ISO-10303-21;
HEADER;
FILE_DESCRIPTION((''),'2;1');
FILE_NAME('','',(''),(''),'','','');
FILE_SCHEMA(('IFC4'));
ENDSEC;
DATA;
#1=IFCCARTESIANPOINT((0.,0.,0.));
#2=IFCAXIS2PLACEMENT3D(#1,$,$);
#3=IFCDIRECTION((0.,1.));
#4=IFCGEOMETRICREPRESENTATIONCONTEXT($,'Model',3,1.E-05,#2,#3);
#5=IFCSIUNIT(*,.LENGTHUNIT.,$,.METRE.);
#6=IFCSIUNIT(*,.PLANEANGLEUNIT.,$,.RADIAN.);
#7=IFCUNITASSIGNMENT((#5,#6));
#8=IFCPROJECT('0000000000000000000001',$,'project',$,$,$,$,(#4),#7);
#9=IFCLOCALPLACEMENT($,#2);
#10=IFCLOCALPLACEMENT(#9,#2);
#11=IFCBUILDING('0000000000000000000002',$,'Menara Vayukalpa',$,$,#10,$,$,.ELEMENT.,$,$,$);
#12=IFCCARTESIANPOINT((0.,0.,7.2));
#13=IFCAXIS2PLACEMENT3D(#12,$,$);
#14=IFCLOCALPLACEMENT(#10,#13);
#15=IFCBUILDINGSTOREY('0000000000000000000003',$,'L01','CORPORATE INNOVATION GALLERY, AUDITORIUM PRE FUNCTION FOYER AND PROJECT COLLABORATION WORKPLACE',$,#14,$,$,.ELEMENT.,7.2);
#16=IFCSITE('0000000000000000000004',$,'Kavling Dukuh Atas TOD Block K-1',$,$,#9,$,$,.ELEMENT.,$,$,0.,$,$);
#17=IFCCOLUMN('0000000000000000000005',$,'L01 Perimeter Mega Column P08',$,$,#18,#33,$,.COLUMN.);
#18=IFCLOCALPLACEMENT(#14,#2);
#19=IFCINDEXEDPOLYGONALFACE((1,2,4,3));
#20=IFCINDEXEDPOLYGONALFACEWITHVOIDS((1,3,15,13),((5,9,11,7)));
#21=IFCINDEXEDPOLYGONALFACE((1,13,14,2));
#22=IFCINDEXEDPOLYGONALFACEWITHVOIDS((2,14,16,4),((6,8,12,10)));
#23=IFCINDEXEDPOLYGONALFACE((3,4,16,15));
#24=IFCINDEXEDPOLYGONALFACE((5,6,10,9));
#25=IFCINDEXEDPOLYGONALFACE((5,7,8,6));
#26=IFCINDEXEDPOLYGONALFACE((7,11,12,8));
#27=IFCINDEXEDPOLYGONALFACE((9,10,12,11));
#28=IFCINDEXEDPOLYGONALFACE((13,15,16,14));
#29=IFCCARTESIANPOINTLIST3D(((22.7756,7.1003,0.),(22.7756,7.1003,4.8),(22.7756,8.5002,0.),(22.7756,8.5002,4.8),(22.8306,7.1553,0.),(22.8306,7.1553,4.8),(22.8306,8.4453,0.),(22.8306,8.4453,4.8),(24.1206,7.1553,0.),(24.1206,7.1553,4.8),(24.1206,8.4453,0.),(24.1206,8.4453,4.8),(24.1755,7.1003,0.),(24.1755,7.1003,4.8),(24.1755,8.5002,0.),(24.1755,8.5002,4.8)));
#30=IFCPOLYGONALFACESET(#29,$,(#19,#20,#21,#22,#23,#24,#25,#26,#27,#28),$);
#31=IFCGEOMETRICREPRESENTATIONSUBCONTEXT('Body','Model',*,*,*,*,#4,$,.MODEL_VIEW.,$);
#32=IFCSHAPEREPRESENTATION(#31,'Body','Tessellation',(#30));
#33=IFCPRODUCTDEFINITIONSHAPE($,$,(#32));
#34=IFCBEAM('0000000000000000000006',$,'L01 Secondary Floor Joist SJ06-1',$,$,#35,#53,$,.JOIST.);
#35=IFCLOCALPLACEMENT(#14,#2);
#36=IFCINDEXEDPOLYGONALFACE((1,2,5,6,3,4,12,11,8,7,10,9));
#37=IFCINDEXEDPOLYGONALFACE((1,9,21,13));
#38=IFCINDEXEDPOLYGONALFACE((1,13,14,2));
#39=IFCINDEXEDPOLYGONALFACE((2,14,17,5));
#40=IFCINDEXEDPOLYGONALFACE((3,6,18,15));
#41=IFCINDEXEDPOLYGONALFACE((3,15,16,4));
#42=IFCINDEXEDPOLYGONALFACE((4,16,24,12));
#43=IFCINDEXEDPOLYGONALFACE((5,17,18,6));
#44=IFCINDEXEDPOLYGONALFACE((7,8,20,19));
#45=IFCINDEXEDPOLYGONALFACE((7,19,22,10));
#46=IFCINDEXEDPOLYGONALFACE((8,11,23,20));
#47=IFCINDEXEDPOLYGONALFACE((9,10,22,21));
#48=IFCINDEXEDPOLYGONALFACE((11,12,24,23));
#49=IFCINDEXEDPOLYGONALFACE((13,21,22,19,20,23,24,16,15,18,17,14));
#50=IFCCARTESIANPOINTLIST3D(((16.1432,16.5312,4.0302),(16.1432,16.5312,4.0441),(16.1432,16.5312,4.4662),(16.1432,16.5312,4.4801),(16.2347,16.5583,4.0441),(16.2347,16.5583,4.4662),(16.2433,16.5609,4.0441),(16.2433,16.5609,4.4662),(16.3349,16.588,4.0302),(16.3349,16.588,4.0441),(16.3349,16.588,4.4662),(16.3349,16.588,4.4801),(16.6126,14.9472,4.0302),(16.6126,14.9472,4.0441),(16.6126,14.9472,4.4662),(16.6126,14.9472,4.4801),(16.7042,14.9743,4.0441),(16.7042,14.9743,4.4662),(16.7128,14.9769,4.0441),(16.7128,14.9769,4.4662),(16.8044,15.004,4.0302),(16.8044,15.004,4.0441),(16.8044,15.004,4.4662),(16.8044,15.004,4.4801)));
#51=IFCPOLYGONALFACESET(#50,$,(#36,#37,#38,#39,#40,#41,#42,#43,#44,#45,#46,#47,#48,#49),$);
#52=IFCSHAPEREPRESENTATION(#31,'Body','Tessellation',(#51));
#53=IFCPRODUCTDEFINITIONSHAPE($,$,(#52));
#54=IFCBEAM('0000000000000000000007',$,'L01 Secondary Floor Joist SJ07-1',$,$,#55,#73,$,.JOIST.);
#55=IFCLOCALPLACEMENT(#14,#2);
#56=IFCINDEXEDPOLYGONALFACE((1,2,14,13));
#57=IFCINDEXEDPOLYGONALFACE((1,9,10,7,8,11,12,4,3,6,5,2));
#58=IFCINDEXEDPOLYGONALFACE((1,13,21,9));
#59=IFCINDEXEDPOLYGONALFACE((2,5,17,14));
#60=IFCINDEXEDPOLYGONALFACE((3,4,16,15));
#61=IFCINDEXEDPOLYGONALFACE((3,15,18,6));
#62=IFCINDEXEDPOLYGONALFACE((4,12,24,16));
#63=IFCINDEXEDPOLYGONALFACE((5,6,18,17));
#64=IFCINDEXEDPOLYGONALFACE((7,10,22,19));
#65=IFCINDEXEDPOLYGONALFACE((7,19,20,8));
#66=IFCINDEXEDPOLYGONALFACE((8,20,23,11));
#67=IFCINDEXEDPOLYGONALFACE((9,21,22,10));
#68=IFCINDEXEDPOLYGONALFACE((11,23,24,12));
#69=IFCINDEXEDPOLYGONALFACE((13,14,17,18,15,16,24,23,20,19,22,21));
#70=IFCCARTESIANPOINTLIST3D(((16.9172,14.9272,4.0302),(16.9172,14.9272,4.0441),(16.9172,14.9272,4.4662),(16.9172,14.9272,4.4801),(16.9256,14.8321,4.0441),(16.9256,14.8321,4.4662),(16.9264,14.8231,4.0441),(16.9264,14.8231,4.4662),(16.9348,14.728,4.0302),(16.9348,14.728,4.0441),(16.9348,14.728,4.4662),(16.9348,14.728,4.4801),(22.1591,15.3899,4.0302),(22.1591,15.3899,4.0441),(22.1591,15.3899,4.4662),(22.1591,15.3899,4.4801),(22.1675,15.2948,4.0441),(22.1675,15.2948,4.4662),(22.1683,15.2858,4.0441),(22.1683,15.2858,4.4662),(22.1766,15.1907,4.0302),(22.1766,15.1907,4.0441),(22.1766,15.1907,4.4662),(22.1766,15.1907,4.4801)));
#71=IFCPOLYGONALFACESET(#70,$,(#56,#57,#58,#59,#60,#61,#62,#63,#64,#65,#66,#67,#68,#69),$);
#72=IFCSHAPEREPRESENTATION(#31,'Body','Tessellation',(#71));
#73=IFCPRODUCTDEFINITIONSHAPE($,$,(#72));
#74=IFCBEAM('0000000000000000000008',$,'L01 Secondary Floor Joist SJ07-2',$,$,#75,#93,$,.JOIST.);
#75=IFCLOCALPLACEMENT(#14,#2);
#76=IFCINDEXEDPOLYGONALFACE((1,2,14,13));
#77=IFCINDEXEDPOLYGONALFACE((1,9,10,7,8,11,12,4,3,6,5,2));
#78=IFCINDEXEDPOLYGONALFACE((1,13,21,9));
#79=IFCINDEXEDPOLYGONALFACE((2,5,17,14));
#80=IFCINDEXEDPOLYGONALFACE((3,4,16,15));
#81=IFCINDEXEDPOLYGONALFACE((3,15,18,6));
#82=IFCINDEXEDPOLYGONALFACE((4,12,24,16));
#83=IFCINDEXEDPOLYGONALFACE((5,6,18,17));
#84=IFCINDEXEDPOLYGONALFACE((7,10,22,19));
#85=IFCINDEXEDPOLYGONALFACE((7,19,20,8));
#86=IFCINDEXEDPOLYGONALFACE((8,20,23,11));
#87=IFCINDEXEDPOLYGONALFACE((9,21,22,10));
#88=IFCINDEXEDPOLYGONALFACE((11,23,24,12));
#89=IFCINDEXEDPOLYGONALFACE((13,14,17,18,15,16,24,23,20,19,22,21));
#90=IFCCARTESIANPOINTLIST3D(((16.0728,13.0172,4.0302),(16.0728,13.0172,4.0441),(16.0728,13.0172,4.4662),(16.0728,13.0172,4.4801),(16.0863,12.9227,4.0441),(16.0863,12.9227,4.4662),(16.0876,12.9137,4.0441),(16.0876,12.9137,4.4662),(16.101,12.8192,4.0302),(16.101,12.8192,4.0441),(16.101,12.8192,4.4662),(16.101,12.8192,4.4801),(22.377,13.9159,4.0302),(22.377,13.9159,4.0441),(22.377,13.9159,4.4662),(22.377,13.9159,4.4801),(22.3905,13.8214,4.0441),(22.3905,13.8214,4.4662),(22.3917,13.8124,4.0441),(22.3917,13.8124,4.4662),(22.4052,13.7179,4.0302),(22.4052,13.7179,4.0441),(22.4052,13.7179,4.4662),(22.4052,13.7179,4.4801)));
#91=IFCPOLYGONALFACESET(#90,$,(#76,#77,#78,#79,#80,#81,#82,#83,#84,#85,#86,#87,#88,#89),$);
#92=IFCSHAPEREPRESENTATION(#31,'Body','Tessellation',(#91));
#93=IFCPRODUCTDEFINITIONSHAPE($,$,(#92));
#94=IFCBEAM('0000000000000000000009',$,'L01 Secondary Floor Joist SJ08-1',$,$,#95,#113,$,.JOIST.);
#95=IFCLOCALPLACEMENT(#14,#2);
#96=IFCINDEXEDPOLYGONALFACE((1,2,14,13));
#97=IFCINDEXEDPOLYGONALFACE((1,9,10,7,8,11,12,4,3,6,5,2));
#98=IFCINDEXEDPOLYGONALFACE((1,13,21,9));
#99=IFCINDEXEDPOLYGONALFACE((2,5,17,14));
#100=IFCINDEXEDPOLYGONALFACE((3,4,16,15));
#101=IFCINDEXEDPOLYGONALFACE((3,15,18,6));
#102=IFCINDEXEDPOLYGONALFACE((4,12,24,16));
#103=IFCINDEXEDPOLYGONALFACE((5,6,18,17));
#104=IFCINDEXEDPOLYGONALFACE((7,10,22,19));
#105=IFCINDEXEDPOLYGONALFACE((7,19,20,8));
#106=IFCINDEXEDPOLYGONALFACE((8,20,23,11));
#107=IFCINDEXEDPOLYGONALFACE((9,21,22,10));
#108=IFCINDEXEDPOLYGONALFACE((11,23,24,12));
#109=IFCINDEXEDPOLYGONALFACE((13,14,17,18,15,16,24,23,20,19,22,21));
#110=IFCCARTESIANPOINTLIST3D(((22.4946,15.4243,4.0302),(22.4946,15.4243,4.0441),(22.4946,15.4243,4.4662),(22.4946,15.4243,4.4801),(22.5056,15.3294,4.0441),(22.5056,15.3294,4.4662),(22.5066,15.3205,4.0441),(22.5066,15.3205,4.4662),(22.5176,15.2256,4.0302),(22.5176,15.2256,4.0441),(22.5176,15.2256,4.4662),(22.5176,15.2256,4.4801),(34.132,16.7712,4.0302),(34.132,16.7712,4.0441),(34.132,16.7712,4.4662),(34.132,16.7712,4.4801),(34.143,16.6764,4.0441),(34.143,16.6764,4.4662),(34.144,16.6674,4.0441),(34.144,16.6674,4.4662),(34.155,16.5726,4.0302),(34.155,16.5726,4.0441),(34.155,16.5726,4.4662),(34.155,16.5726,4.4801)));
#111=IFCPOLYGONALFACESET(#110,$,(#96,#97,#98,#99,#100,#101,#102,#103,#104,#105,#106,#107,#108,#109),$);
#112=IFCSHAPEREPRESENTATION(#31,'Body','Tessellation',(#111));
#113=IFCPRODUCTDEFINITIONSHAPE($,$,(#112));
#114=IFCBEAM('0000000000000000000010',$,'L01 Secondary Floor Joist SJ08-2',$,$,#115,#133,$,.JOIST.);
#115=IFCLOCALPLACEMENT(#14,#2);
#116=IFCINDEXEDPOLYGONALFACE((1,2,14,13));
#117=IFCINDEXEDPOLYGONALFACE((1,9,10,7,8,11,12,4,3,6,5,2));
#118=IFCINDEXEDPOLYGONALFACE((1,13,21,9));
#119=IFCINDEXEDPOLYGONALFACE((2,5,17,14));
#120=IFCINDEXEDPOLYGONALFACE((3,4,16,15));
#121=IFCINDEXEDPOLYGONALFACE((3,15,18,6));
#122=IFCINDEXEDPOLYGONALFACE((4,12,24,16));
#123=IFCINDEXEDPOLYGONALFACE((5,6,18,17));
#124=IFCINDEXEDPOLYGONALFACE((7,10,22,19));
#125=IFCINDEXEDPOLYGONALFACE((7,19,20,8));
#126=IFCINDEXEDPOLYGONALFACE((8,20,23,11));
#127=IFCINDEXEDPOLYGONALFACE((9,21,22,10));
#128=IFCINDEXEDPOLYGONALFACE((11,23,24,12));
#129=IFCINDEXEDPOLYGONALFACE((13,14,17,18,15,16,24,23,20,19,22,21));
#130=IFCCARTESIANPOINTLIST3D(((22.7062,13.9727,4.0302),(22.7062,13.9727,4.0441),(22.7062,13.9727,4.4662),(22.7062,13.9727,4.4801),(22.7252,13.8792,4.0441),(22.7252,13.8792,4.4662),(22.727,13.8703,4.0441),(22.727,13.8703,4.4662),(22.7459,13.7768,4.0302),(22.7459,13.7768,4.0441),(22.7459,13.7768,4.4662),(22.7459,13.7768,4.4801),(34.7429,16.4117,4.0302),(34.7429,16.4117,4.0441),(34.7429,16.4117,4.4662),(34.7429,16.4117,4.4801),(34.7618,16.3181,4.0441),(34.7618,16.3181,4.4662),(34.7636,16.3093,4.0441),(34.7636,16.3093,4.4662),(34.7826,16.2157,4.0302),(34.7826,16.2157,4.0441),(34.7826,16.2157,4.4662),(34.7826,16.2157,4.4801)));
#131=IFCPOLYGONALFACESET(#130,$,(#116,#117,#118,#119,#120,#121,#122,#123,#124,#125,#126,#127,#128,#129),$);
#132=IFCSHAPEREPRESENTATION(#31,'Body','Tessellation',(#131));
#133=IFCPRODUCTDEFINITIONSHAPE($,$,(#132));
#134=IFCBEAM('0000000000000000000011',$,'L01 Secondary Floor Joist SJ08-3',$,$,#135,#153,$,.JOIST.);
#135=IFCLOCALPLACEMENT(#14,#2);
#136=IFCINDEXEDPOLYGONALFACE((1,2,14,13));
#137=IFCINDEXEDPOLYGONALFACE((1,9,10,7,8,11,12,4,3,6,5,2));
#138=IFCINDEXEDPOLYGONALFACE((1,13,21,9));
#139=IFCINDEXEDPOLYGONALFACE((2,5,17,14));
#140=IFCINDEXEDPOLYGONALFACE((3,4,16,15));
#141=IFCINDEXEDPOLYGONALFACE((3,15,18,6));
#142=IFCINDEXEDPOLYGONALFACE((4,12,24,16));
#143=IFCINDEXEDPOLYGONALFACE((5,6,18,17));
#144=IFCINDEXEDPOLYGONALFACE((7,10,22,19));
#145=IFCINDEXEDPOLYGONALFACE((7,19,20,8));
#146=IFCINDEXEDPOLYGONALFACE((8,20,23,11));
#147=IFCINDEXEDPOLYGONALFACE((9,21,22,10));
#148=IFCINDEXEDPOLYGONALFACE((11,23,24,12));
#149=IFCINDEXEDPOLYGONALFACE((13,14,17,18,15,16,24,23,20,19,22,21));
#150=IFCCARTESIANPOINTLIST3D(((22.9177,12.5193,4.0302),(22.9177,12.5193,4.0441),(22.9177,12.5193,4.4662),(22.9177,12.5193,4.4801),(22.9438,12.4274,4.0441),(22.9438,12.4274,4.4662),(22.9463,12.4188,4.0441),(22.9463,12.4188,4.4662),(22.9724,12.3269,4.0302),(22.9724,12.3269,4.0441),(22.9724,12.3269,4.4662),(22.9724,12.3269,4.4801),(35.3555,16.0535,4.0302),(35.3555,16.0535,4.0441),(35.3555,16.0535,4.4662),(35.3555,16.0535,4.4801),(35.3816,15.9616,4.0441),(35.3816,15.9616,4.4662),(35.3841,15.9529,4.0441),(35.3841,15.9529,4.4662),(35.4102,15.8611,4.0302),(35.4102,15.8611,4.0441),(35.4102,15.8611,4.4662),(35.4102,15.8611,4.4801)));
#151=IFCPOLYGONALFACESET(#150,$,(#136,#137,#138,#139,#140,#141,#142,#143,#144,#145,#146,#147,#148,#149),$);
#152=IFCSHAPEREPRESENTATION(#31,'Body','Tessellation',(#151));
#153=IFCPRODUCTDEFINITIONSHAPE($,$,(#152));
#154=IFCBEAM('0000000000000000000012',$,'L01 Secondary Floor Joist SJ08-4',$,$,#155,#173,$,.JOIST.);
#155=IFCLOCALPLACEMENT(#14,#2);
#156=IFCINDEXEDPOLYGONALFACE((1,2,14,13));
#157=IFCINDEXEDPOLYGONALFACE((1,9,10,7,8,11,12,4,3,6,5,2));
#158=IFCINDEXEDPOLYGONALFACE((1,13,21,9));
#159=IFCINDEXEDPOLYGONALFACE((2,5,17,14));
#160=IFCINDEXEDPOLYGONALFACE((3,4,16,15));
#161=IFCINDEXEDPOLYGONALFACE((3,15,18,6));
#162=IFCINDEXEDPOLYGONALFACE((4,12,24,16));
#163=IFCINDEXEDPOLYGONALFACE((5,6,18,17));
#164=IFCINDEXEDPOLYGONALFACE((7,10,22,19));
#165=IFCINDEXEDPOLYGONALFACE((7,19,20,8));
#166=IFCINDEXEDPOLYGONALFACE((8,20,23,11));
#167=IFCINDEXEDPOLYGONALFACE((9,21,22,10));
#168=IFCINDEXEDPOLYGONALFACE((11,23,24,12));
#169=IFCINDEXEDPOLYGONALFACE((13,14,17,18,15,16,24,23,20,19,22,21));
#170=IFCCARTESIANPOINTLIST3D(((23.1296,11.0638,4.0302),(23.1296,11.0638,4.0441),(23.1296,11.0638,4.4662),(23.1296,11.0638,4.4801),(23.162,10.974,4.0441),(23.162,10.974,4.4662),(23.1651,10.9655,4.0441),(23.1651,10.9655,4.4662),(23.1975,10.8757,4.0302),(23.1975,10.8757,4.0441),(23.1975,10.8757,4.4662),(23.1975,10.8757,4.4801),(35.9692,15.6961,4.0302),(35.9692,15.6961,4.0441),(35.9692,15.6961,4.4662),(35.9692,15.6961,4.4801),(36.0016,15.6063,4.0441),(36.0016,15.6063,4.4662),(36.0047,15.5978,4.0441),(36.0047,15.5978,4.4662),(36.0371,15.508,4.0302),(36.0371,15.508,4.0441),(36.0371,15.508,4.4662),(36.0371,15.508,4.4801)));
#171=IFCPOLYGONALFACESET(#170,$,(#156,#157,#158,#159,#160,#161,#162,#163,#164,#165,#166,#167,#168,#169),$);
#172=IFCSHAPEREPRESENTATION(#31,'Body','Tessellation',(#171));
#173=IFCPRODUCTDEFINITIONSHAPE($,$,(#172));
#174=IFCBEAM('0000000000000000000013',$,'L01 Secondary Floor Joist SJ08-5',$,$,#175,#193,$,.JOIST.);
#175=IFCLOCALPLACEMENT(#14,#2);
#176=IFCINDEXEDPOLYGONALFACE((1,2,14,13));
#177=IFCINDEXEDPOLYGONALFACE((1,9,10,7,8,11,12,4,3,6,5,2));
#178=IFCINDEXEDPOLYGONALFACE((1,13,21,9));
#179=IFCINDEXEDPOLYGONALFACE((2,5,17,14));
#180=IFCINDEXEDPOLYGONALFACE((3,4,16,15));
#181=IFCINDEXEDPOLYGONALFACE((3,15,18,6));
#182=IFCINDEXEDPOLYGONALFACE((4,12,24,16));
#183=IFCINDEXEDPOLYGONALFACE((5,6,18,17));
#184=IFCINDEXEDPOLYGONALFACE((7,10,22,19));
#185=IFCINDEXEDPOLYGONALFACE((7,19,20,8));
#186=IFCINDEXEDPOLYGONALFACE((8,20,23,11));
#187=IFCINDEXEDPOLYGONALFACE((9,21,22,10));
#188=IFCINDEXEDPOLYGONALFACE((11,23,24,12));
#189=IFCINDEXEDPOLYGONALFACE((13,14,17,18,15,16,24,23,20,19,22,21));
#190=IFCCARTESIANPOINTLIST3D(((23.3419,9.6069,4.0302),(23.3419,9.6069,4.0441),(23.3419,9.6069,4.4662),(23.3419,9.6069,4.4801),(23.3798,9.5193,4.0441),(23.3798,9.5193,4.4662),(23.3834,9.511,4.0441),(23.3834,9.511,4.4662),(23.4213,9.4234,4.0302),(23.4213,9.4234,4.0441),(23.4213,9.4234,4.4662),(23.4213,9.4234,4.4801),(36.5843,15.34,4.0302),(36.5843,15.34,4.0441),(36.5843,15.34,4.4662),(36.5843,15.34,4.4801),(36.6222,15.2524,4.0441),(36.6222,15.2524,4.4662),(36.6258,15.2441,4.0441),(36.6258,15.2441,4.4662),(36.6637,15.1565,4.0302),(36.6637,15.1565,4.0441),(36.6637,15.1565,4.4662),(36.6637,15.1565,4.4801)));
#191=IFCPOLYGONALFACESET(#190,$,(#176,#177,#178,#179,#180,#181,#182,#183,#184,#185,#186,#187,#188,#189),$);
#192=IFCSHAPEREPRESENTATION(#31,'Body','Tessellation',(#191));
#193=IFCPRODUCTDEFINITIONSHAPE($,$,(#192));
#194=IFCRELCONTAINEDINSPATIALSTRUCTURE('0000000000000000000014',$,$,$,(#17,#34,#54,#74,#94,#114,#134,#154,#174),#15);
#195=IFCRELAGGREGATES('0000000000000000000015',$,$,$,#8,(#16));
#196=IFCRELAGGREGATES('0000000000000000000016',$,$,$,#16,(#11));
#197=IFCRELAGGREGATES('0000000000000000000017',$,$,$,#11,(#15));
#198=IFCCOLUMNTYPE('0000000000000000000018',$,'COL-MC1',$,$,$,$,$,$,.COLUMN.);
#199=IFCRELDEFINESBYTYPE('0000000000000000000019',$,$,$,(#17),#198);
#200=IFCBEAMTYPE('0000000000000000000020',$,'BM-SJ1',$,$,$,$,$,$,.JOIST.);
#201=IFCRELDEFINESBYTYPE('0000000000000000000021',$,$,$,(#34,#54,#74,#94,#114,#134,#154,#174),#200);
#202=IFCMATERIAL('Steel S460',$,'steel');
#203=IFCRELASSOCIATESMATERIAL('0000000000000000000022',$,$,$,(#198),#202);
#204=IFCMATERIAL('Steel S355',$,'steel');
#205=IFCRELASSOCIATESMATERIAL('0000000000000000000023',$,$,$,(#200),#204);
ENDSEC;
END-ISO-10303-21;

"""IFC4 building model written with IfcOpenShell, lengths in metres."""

from ifc_helpers import new_model, si_unit, direction, frame, origin, origin_2d, place, context, subcontext, project, spatial, hollow_rectangle, i_section, extrude, material, material_profile, profile_set, type_object, element, save


model = new_model("IFC4")

# Units and contexts
model_context = context("Model", 3, precision=1e-05, world=origin(), true_north=direction((0.0, 1.0)))
body_context = subcontext(model_context, "Body", "Model", "MODEL_VIEW")
ifc_project = project(units=[si_unit("LENGTHUNIT", "METRE"), si_unit("PLANEANGLEUNIT", "RADIAN")], contexts=[model_context])

# Site, building, storey
site_placement = place(None, origin())
site = spatial("IfcSite", under=ifc_project, at=site_placement, Name="Kavling Dukuh Atas TOD Block K-1", CompositionType="ELEMENT", RefElevation=0.0)
building_placement = place(site_placement, origin())
building = spatial("IfcBuilding", under=site, at=building_placement, Name="Menara Vayukalpa", CompositionType="ELEMENT")
storey_placement = place(building_placement, frame((0.0, 0.0, 7.2)))
storey = spatial("IfcBuildingStorey", under=building, at=storey_placement, Name="L01", Description="CORPORATE INNOVATION GALLERY, AUDITORIUM PRE FUNCTION FOYER AND PROJECT COLLABORATION WORKPLACE", CompositionType="ELEMENT", Elevation=7.2)

# Column
ifc_material_1 = material(Name="Steel S460", Category="steel")
ifc_material_profile_1 = material_profile(ifc_material_1, hollow_rectangle(XDim=1.3999, YDim=1.3999, WallThickness=0.0549, at=origin_2d()), Name="BOX 1400x1400x55")
ifc_profile_set_1 = profile_set([ifc_material_profile_1], Name="Steel S460")
column_type = type_object("IfcColumnType", Name="COL-MC1", PredefinedType="COLUMN", material=ifc_profile_set_1)
column_placement = place(storey_placement, frame((23.4756, 7.8003, 0.0), z_axis=(0.0, 0.0, 1.0), x_axis=(1.0, 0.0, 0.0)))
element("IfcColumn", 1, at=column_placement, inside=storey, type_object=column_type, Name="L01 Perimeter Mega Column P08", PredefinedType="COLUMN", context=body_context, shape_type="SweptSolid", body=[
    extrude(hollow_rectangle(XDim=1.3999, YDim=1.3999, WallThickness=0.0549, at=origin_2d()), origin(), (0.0, 0.0, 1.0), 4.8),
])

# Beams
ifc_material_2 = material(Name="Steel S355", Category="steel")
ifc_material_profile_2 = material_profile(ifc_material_2, i_section(OverallWidth=0.2, OverallDepth=0.45, WebThickness=0.009, FlangeThickness=0.0139, at=origin_2d()), Name="WF 450x200x9x14")
ifc_profile_set_2 = profile_set([ifc_material_profile_2], Name="Steel S355")
beam_type_1 = type_object("IfcBeamType", Name="BM-SJ1", PredefinedType="JOIST", material=ifc_profile_set_2)
beam_1_placement = place(storey_placement, frame((16.239, 16.5596, 4.2551), z_axis=(0.284174, -0.958773, 0.0), x_axis=(0.958773, 0.284174, 0.0)))
element("IfcBeam", 2, at=beam_1_placement, inside=storey, type_object=beam_type_1, Name="L01 Secondary Floor Joist SJ06-1", PredefinedType="JOIST", context=body_context, shape_type="SweptSolid", body=[
    extrude(i_section(OverallWidth=0.2, OverallDepth=0.45, WebThickness=0.009, FlangeThickness=0.0139, at=origin_2d()), origin(), (0.0, 0.0, 1.0), 1.6521),
])
beam_2_placement = place(storey_placement, frame((16.926, 14.8276, 4.2551), z_axis=(0.996128, 0.087917, 0.0), x_axis=(-0.087917, 0.996128, 0.0)))
element("IfcBeam", 3, at=beam_2_placement, inside=storey, type_object=beam_type_1, Name="L01 Secondary Floor Joist SJ07-1", PredefinedType="JOIST", context=body_context, shape_type="SweptSolid", body=[
    extrude(i_section(OverallWidth=0.2, OverallDepth=0.45, WebThickness=0.009, FlangeThickness=0.0139, at=origin_2d()), origin(), (0.0, 0.0, 1.0), 5.2622),
])
beam_3_placement = place(storey_placement, frame((16.0869, 12.9182, 4.2551), z_axis=(0.989992, 0.141126, 0.0), x_axis=(-0.141126, 0.989992, 0.0)))
element("IfcBeam", 4, at=beam_3_placement, inside=storey, type_object=beam_type_1, Name="L01 Secondary Floor Joist SJ07-2", PredefinedType="JOIST", context=body_context, shape_type="SweptSolid", body=[
    extrude(i_section(OverallWidth=0.2, OverallDepth=0.45, WebThickness=0.009, FlangeThickness=0.0139, at=origin_2d()), origin(), (0.0, 0.0, 1.0), 6.3679),
])
beam_4_placement = place(storey_placement, frame((22.5061, 15.325, 4.2551), z_axis=(0.993369, 0.114973, 0.0), x_axis=(-0.114973, 0.993369, 0.0)))
element("IfcBeam", 5, at=beam_4_placement, inside=storey, type_object=beam_type_1, Name="L01 Secondary Floor Joist SJ08-1", PredefinedType="JOIST", context=body_context, shape_type="SweptSolid", body=[
    extrude(i_section(OverallWidth=0.2, OverallDepth=0.45, WebThickness=0.009, FlangeThickness=0.0139, at=origin_2d()), origin(), (0.0, 0.0, 1.0), 11.7151),
])
beam_5_placement = place(storey_placement, frame((22.7261, 13.8748, 4.2551), z_axis=(0.980082, 0.198593, 0.0), x_axis=(-0.198593, 0.980082, 0.0)))
element("IfcBeam", 6, at=beam_5_placement, inside=storey, type_object=beam_type_1, Name="L01 Secondary Floor Joist SJ08-2", PredefinedType="JOIST", context=body_context, shape_type="SweptSolid", body=[
    extrude(i_section(OverallWidth=0.2, OverallDepth=0.45, WebThickness=0.009, FlangeThickness=0.0139, at=origin_2d()), origin(), (0.0, 0.0, 1.0), 12.2812),
])
beam_6_placement = place(storey_placement, frame((22.9451, 12.4231, 4.2551), z_axis=(0.961921, 0.273329, 0.0), x_axis=(-0.273329, 0.961921, 0.0)))
element("IfcBeam", 7, at=beam_6_placement, inside=storey, type_object=beam_type_1, Name="L01 Secondary Floor Joist SJ08-3", PredefinedType="JOIST", context=body_context, shape_type="SweptSolid", body=[
    extrude(i_section(OverallWidth=0.2, OverallDepth=0.45, WebThickness=0.009, FlangeThickness=0.0139, at=origin_2d()), origin(), (0.0, 0.0, 1.0), 12.9302),
])
beam_7_placement = place(storey_placement, frame((23.1636, 10.9697, 4.2551), z_axis=(0.940652, 0.339372, 0.0), x_axis=(-0.339372, 0.940652, 0.0)))
element("IfcBeam", 8, at=beam_7_placement, inside=storey, type_object=beam_type_1, Name="L01 Secondary Floor Joist SJ08-4", PredefinedType="JOIST", context=body_context, shape_type="SweptSolid", body=[
    extrude(i_section(OverallWidth=0.2, OverallDepth=0.45, WebThickness=0.009, FlangeThickness=0.0139, at=origin_2d()), origin(), (0.0, 0.0, 1.0), 13.6497),
])
beam_8_placement = place(storey_placement, frame((23.3816, 9.5151, 4.2551), z_axis=(0.917688, 0.397302, 0.0), x_axis=(-0.397302, 0.917688, 0.0)))
element("IfcBeam", 9, at=beam_8_placement, inside=storey, type_object=beam_type_1, Name="L01 Secondary Floor Joist SJ08-5", PredefinedType="JOIST", context=body_context, shape_type="SweptSolid", body=[
    extrude(i_section(OverallWidth=0.2, OverallDepth=0.45, WebThickness=0.009, FlangeThickness=0.0139, at=origin_2d()), origin(), (0.0, 0.0, 1.0), 14.4302),
])

save(model, "model.ifc")
